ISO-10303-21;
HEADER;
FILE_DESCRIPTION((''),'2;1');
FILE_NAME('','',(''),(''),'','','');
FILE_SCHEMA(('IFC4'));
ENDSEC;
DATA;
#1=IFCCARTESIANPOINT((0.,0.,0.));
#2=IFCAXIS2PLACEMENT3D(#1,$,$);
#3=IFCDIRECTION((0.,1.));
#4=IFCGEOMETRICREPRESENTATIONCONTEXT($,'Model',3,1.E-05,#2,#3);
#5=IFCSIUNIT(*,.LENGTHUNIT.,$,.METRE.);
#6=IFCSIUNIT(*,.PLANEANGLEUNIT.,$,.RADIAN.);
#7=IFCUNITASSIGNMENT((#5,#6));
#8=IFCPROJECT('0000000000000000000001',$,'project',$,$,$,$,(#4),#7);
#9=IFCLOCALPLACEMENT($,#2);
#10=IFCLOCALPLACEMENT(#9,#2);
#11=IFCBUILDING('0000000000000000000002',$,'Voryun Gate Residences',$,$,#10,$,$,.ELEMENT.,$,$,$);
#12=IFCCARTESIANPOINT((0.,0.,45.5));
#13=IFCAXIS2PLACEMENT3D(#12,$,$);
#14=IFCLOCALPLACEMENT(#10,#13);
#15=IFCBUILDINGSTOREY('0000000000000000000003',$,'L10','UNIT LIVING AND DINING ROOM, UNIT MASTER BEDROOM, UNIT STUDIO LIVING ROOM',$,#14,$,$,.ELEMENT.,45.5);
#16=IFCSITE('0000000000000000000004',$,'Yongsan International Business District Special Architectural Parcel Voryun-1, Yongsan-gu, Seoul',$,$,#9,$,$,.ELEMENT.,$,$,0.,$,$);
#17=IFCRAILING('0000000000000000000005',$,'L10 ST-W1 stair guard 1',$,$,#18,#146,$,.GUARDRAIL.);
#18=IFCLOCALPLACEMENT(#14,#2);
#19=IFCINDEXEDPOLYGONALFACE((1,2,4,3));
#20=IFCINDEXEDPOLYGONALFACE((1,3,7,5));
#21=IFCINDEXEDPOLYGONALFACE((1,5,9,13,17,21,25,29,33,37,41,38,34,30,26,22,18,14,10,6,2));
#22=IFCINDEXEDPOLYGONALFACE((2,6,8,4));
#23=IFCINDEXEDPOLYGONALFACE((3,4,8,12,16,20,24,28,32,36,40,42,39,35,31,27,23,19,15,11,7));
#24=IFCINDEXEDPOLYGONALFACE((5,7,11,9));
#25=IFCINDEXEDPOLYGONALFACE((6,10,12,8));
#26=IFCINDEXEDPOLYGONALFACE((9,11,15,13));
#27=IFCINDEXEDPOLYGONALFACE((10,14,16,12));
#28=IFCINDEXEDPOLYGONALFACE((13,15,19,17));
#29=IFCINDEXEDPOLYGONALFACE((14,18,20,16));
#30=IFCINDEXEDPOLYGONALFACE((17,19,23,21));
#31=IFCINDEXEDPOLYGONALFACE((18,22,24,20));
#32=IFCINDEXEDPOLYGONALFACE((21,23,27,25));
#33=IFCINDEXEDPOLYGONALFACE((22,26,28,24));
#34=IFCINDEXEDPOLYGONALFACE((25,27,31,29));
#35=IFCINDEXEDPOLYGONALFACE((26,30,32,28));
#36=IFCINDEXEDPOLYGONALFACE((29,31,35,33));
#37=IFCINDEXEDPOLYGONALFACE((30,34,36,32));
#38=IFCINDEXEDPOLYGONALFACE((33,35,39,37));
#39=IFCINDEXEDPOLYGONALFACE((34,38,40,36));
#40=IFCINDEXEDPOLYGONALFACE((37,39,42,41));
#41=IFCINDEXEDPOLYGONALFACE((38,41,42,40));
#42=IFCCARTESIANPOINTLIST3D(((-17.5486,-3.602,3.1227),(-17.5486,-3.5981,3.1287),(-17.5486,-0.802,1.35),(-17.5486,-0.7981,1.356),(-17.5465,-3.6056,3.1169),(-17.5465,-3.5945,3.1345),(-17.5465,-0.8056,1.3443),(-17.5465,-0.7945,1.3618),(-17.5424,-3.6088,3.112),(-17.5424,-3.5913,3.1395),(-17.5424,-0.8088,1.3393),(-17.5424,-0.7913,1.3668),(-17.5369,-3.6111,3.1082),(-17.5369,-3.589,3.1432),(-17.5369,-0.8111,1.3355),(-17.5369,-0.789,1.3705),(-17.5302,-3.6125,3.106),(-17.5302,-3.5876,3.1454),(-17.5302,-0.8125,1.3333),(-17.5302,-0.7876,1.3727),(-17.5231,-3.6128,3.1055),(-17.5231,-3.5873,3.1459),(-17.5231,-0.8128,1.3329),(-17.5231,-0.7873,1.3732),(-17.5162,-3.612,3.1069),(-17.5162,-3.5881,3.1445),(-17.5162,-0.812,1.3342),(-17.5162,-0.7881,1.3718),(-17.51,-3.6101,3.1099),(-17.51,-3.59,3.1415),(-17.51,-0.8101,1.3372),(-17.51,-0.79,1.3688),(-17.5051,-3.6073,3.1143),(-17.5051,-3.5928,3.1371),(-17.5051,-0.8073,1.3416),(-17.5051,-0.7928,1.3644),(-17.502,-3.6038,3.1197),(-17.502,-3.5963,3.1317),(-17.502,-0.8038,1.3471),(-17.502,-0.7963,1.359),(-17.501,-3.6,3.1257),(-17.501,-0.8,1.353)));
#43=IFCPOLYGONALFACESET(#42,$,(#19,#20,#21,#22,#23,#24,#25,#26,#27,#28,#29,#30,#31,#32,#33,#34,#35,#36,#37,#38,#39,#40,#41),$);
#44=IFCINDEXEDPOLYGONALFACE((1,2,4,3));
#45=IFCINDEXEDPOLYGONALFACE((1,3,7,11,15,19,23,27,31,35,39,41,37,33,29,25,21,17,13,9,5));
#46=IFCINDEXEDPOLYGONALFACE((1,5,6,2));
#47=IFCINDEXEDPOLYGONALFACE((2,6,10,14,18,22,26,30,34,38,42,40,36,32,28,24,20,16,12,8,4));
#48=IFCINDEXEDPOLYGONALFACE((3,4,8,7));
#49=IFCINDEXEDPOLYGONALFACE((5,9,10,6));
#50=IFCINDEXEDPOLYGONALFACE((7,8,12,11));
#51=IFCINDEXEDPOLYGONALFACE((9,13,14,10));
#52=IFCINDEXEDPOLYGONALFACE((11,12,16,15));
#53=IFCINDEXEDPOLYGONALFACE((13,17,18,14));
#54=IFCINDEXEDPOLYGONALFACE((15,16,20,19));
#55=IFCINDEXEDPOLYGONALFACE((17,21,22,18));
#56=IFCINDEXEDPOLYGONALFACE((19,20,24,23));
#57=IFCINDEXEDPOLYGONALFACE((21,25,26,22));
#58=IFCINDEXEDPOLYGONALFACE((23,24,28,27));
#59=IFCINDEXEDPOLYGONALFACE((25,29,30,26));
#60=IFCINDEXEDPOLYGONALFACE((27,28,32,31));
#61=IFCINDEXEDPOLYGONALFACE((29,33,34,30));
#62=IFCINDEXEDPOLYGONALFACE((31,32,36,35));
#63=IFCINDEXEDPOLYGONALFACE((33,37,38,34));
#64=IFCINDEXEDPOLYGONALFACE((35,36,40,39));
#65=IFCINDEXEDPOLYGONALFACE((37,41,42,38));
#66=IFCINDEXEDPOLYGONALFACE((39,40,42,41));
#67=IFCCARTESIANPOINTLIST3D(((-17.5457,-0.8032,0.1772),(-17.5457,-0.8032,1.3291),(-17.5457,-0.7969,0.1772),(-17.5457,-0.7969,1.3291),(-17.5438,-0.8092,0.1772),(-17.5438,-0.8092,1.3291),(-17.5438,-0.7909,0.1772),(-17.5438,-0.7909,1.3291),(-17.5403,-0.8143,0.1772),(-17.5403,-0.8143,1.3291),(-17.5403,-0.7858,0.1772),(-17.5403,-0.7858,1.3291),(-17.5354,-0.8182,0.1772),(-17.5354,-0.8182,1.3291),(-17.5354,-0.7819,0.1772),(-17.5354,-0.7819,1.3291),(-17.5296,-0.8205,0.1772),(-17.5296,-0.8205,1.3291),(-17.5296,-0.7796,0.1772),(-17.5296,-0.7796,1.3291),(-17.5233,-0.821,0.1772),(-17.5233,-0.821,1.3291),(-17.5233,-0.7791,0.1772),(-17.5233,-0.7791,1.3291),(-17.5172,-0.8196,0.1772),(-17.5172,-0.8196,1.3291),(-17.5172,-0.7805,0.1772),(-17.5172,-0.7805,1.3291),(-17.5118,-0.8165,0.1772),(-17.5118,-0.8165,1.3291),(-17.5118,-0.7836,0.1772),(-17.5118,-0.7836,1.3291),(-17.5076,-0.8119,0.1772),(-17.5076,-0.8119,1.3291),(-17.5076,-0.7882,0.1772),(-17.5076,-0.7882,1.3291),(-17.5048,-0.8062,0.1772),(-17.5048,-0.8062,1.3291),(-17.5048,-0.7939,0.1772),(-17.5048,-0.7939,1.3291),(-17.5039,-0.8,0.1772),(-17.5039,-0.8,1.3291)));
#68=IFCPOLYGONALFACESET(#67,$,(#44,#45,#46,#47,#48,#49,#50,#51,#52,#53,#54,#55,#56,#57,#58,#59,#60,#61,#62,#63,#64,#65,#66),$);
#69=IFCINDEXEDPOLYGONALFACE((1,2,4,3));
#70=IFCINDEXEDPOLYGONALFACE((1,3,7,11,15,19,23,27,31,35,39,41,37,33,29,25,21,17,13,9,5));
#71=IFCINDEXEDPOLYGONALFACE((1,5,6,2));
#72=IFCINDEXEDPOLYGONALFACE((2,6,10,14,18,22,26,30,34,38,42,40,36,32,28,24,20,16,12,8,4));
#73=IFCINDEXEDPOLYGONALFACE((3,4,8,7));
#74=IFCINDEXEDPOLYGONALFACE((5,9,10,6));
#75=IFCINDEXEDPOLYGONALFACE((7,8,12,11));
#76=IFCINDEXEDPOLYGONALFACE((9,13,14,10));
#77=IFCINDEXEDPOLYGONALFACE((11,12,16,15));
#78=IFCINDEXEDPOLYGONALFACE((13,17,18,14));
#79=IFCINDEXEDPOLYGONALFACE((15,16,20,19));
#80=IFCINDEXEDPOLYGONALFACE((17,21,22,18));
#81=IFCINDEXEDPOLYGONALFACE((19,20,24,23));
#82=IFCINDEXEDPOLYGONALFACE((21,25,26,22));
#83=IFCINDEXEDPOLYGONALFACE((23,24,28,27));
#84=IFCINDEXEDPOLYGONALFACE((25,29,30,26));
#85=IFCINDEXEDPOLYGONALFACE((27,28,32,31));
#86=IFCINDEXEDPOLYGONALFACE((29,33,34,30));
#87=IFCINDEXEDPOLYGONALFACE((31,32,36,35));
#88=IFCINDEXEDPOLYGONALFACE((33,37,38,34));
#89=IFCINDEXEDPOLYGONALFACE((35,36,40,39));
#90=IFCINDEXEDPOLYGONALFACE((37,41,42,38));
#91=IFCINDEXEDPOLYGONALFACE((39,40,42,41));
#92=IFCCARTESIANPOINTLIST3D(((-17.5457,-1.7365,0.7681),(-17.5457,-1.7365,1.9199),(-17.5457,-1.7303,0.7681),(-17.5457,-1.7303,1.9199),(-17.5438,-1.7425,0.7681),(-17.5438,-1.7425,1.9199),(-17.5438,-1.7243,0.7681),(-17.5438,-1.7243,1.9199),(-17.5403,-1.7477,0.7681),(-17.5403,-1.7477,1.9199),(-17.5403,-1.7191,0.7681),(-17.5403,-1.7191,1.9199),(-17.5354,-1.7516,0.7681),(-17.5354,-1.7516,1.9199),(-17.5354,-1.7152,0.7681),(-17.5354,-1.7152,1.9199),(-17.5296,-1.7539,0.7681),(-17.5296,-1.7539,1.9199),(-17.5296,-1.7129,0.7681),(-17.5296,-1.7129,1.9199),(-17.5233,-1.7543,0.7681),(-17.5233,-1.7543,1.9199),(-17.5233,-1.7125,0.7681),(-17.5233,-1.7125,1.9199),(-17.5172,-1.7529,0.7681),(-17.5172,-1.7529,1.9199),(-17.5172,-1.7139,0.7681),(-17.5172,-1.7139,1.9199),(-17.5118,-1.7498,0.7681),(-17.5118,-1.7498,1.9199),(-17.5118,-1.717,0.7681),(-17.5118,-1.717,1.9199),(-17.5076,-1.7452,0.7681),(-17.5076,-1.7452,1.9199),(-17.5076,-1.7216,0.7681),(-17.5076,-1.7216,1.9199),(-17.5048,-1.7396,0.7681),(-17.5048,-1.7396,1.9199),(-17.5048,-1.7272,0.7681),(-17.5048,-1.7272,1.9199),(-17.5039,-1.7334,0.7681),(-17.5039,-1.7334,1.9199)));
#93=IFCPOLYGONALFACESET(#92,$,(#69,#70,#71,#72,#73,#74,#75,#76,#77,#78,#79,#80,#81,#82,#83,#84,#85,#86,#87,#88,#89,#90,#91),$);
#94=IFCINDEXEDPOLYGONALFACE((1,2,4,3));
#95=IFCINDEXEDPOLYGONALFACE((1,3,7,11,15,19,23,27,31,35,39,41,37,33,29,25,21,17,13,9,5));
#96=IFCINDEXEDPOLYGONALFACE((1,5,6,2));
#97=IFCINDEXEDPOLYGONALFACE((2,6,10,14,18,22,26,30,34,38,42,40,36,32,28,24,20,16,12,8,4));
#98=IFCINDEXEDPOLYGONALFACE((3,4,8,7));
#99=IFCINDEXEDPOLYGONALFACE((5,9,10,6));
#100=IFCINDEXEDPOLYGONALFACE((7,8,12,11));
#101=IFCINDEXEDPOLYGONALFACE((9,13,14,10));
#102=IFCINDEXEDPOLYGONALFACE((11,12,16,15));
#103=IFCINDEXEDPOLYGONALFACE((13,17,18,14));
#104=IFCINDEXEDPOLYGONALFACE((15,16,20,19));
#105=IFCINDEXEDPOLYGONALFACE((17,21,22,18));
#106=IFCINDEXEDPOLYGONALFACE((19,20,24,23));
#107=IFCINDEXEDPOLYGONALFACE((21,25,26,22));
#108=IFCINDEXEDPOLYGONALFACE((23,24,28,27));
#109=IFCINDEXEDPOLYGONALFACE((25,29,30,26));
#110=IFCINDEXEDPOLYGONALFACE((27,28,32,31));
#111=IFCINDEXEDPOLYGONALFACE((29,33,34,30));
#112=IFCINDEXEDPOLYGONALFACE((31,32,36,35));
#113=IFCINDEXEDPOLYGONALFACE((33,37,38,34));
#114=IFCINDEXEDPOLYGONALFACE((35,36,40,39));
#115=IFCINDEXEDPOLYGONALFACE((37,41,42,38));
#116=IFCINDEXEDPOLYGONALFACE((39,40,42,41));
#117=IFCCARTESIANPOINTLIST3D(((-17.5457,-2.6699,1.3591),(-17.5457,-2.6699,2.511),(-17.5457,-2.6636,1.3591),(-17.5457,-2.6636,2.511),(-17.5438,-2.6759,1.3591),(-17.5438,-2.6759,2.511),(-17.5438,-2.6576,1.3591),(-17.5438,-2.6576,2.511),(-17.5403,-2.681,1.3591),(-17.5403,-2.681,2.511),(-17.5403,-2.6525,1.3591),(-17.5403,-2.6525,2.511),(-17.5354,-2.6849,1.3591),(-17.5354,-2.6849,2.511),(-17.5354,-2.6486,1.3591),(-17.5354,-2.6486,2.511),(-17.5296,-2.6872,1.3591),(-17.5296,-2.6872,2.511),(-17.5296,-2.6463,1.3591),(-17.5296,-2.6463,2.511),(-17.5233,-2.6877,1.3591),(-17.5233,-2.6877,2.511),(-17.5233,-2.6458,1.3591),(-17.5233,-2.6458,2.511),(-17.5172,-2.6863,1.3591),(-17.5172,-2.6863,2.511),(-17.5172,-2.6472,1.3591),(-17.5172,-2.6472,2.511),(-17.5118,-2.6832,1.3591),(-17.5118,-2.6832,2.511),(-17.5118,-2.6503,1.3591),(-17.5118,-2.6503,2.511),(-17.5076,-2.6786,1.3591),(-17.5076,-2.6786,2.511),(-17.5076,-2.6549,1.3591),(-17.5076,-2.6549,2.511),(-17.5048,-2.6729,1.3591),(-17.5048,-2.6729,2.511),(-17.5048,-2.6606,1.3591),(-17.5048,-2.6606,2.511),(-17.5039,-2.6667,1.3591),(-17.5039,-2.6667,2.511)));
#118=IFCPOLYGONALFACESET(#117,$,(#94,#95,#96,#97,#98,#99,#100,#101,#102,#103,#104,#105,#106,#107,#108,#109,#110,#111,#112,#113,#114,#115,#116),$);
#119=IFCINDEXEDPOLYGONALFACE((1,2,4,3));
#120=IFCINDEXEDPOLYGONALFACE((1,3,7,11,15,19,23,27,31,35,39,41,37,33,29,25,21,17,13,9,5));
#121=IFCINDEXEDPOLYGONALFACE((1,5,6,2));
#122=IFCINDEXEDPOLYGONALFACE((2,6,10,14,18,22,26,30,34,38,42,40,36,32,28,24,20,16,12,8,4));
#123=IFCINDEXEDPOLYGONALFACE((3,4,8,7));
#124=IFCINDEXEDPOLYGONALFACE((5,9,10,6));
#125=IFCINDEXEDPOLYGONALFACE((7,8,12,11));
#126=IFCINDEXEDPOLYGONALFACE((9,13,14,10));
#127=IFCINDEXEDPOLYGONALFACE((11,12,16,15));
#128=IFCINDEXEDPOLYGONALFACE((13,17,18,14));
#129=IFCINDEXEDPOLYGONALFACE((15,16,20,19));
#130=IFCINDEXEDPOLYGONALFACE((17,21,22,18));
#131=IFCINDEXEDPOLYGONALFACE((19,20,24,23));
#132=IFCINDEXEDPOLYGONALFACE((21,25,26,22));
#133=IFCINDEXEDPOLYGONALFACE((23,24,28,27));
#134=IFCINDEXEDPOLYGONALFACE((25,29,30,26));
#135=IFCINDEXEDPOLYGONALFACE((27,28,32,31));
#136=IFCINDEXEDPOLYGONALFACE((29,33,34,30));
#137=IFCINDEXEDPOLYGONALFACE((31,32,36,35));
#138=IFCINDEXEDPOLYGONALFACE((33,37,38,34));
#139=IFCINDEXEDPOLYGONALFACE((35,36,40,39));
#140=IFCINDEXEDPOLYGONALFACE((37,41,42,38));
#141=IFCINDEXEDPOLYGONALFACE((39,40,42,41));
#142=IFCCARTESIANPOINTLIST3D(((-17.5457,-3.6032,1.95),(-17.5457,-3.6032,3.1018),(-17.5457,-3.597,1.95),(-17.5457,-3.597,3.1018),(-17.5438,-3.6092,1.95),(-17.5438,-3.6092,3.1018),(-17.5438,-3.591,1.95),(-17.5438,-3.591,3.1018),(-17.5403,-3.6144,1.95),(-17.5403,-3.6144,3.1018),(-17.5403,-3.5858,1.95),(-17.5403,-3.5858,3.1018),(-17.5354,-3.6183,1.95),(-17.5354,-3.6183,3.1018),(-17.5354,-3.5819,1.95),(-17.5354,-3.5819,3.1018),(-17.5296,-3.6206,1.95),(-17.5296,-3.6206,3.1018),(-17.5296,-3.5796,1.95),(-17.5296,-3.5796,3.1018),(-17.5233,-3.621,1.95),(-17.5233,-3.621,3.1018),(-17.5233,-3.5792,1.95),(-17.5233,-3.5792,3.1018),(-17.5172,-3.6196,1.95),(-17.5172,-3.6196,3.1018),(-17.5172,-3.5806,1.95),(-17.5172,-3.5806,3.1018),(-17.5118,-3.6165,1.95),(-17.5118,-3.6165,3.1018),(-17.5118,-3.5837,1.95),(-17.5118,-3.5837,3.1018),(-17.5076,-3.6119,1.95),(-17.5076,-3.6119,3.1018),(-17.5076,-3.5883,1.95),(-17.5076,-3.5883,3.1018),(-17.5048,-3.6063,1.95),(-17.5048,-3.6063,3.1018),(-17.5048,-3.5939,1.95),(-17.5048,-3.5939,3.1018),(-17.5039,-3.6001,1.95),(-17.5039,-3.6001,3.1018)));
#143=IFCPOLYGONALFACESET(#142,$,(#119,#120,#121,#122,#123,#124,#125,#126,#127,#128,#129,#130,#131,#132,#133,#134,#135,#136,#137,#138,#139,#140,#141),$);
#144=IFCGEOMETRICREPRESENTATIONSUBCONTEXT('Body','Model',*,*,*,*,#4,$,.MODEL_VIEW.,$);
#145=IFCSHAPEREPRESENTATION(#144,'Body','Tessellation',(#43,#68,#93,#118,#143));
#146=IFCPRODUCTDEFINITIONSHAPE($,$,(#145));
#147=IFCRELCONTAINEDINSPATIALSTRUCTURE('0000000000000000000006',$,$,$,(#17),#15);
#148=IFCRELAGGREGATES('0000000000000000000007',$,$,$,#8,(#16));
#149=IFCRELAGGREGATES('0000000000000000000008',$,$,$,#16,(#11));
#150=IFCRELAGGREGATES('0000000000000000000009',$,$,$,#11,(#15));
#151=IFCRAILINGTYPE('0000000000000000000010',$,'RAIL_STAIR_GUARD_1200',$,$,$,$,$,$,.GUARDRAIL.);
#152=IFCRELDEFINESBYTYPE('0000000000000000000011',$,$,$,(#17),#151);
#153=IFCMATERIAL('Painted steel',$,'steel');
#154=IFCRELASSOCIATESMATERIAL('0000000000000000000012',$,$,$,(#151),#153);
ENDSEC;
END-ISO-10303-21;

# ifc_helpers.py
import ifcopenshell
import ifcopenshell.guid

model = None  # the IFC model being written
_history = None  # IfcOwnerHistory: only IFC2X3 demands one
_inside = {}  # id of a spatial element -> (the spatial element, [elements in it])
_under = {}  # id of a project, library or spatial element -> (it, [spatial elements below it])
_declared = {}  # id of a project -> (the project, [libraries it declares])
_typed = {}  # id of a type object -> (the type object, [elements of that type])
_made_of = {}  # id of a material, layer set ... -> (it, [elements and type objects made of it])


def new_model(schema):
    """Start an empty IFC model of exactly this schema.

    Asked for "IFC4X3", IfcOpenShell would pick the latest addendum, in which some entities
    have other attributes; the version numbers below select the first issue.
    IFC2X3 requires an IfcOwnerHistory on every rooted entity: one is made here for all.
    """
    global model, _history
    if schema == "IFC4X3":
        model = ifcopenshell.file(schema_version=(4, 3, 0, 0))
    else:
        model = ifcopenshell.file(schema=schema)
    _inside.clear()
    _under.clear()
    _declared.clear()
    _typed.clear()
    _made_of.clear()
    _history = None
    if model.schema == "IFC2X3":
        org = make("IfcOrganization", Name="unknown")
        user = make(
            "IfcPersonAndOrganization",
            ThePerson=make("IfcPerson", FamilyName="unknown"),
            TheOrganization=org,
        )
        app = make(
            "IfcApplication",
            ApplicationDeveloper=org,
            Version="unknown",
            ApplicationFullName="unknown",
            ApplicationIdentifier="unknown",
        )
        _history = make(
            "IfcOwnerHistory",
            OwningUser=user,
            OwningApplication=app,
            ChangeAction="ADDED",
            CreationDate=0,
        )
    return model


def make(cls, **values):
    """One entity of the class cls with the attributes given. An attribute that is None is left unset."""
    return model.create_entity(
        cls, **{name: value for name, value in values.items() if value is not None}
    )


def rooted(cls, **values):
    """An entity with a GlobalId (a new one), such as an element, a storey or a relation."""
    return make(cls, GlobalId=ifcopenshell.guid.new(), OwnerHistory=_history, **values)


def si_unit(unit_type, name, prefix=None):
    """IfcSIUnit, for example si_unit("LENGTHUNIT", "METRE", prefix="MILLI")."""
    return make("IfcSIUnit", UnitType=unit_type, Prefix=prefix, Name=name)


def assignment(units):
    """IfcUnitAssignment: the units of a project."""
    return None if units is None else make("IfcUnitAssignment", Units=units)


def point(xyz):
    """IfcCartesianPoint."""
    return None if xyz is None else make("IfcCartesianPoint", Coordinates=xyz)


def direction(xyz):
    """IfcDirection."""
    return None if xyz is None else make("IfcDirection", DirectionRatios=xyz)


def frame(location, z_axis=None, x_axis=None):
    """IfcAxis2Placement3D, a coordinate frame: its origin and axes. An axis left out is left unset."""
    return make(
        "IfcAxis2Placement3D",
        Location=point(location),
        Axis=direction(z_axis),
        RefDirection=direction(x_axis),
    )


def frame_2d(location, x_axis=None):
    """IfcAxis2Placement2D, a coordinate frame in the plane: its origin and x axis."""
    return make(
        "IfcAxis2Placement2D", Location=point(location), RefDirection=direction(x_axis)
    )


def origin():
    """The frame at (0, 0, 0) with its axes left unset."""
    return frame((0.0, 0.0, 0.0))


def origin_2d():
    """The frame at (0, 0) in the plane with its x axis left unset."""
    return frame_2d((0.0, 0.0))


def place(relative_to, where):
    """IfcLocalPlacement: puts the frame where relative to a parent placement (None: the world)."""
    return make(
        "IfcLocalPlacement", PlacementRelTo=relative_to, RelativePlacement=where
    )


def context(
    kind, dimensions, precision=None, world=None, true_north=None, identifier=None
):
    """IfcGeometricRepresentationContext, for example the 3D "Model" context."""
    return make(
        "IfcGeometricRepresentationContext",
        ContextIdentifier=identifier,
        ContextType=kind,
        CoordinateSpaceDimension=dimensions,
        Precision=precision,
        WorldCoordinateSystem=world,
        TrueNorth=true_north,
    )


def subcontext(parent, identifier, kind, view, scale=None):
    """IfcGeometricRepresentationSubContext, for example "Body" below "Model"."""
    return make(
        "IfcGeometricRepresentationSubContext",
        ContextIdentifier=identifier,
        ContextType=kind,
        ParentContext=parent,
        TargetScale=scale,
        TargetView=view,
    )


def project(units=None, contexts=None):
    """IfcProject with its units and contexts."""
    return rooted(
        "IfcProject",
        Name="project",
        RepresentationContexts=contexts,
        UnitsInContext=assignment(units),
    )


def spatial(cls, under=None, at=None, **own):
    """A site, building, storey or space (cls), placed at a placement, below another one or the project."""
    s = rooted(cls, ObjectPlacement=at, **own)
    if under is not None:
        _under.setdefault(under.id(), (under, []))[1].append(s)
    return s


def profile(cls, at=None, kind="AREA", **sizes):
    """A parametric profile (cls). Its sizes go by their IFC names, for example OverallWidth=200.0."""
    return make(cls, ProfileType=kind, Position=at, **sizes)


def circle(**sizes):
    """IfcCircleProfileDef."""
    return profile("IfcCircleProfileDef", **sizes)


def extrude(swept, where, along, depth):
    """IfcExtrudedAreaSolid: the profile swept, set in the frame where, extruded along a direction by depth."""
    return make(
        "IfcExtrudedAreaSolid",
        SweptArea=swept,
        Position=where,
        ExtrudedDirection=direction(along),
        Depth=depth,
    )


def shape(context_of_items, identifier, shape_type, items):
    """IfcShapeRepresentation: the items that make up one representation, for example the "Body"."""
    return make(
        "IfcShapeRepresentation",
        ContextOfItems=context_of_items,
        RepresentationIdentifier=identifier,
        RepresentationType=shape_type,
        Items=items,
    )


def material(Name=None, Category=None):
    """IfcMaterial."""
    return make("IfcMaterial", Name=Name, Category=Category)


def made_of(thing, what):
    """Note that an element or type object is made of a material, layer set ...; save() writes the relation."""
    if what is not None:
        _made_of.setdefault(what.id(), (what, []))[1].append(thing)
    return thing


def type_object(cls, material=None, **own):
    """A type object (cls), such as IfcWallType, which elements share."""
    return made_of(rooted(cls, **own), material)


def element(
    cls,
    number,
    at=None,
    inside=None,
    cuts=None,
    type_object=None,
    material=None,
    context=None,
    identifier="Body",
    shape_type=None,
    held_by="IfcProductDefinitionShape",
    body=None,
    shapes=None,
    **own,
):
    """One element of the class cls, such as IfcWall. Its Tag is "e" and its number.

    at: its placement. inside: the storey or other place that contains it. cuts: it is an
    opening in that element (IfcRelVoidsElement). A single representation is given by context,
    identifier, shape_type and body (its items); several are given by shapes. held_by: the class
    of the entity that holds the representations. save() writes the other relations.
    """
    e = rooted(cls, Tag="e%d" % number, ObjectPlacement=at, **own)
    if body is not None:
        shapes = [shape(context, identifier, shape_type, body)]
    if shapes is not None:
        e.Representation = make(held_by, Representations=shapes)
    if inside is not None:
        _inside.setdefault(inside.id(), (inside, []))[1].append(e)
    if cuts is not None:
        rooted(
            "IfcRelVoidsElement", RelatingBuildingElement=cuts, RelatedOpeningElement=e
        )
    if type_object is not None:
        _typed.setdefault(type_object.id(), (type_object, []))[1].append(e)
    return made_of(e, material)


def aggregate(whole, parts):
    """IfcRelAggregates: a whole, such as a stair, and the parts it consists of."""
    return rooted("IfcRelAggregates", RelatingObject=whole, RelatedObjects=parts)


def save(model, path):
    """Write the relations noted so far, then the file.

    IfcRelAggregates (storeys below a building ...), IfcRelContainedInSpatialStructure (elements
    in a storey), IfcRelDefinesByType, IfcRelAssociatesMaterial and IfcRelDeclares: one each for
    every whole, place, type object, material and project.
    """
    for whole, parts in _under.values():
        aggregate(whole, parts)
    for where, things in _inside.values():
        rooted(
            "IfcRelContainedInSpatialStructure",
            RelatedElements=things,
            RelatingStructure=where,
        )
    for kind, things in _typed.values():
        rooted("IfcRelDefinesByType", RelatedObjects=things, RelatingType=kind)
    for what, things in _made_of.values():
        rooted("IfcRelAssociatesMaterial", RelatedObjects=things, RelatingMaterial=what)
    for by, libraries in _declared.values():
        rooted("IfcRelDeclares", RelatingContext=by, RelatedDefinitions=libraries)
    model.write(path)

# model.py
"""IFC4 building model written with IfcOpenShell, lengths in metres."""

from ifc_helpers import new_model, si_unit, direction, frame, origin, origin_2d, place, context, subcontext, project, spatial, circle, extrude, material, type_object, element, save


model = new_model("IFC4")

# Units and contexts
model_context = context("Model", 3, precision=1e-05, world=origin(), true_north=direction((0.0, 1.0)))
body_context = subcontext(model_context, "Body", "Model", "MODEL_VIEW")
ifc_project = project(units=[si_unit("LENGTHUNIT", "METRE"), si_unit("PLANEANGLEUNIT", "RADIAN")], contexts=[model_context])

# Site, building, storey
site_placement = place(None, origin())
site = spatial("IfcSite", under=ifc_project, at=site_placement, Name="Yongsan International Business District Special Architectural Parcel Voryun-1, Yongsan-gu, Seoul", CompositionType="ELEMENT", RefElevation=0.0)
building_placement = place(site_placement, origin())
building = spatial("IfcBuilding", under=site, at=building_placement, Name="Voryun Gate Residences", CompositionType="ELEMENT")
storey_placement = place(building_placement, frame((0.0, 0.0, 45.5)))
storey = spatial("IfcBuildingStorey", under=building, at=storey_placement, Name="L10", Description="UNIT LIVING AND DINING ROOM, UNIT MASTER BEDROOM, UNIT STUDIO LIVING ROOM", CompositionType="ELEMENT", Elevation=45.5)

# Railing
ifc_material_1 = material(Name="Painted steel", Category="steel")
railing_type_1 = type_object("IfcRailingType", Name="RAIL_STAIR_GUARD_1200", PredefinedType="GUARDRAIL", material=ifc_material_1)
railing_1_placement = place(storey_placement, frame((-17.5249, -0.8, 0.1772)))
element("IfcRailing", 1, at=railing_1_placement, inside=storey, type_object=railing_type_1, Name="L10 ST-W1 stair guard 1", PredefinedType="GUARDRAIL", context=body_context, shape_type="SweptSolid", body=[
    extrude(circle(Radius=0.0239, at=origin_2d()), frame((0.0, 0.0, 1.1758), z_axis=(0.0, -0.844909, 0.53491), x_axis=(1.0, 0.0, 0.0)), (0.0, 0.0, 1.0), 3.314),
    extrude(circle(Radius=0.021, at=origin_2d()), origin(), (0.0, 0.0, 1.0), 1.1519),
    extrude(circle(Radius=0.021, at=origin_2d()), frame((0.0, -0.9333, 0.5908)), (0.0, 0.0, 1.0), 1.1519),
    extrude(circle(Radius=0.021, at=origin_2d()), frame((0.0, -1.8667, 1.1819)), (0.0, 0.0, 1.0), 1.1519),
    extrude(circle(Radius=0.021, at=origin_2d()), frame((0.0, -2.8, 1.7727)), (0.0, 0.0, 1.0), 1.1519),
])

save(model, "model.ifc")
